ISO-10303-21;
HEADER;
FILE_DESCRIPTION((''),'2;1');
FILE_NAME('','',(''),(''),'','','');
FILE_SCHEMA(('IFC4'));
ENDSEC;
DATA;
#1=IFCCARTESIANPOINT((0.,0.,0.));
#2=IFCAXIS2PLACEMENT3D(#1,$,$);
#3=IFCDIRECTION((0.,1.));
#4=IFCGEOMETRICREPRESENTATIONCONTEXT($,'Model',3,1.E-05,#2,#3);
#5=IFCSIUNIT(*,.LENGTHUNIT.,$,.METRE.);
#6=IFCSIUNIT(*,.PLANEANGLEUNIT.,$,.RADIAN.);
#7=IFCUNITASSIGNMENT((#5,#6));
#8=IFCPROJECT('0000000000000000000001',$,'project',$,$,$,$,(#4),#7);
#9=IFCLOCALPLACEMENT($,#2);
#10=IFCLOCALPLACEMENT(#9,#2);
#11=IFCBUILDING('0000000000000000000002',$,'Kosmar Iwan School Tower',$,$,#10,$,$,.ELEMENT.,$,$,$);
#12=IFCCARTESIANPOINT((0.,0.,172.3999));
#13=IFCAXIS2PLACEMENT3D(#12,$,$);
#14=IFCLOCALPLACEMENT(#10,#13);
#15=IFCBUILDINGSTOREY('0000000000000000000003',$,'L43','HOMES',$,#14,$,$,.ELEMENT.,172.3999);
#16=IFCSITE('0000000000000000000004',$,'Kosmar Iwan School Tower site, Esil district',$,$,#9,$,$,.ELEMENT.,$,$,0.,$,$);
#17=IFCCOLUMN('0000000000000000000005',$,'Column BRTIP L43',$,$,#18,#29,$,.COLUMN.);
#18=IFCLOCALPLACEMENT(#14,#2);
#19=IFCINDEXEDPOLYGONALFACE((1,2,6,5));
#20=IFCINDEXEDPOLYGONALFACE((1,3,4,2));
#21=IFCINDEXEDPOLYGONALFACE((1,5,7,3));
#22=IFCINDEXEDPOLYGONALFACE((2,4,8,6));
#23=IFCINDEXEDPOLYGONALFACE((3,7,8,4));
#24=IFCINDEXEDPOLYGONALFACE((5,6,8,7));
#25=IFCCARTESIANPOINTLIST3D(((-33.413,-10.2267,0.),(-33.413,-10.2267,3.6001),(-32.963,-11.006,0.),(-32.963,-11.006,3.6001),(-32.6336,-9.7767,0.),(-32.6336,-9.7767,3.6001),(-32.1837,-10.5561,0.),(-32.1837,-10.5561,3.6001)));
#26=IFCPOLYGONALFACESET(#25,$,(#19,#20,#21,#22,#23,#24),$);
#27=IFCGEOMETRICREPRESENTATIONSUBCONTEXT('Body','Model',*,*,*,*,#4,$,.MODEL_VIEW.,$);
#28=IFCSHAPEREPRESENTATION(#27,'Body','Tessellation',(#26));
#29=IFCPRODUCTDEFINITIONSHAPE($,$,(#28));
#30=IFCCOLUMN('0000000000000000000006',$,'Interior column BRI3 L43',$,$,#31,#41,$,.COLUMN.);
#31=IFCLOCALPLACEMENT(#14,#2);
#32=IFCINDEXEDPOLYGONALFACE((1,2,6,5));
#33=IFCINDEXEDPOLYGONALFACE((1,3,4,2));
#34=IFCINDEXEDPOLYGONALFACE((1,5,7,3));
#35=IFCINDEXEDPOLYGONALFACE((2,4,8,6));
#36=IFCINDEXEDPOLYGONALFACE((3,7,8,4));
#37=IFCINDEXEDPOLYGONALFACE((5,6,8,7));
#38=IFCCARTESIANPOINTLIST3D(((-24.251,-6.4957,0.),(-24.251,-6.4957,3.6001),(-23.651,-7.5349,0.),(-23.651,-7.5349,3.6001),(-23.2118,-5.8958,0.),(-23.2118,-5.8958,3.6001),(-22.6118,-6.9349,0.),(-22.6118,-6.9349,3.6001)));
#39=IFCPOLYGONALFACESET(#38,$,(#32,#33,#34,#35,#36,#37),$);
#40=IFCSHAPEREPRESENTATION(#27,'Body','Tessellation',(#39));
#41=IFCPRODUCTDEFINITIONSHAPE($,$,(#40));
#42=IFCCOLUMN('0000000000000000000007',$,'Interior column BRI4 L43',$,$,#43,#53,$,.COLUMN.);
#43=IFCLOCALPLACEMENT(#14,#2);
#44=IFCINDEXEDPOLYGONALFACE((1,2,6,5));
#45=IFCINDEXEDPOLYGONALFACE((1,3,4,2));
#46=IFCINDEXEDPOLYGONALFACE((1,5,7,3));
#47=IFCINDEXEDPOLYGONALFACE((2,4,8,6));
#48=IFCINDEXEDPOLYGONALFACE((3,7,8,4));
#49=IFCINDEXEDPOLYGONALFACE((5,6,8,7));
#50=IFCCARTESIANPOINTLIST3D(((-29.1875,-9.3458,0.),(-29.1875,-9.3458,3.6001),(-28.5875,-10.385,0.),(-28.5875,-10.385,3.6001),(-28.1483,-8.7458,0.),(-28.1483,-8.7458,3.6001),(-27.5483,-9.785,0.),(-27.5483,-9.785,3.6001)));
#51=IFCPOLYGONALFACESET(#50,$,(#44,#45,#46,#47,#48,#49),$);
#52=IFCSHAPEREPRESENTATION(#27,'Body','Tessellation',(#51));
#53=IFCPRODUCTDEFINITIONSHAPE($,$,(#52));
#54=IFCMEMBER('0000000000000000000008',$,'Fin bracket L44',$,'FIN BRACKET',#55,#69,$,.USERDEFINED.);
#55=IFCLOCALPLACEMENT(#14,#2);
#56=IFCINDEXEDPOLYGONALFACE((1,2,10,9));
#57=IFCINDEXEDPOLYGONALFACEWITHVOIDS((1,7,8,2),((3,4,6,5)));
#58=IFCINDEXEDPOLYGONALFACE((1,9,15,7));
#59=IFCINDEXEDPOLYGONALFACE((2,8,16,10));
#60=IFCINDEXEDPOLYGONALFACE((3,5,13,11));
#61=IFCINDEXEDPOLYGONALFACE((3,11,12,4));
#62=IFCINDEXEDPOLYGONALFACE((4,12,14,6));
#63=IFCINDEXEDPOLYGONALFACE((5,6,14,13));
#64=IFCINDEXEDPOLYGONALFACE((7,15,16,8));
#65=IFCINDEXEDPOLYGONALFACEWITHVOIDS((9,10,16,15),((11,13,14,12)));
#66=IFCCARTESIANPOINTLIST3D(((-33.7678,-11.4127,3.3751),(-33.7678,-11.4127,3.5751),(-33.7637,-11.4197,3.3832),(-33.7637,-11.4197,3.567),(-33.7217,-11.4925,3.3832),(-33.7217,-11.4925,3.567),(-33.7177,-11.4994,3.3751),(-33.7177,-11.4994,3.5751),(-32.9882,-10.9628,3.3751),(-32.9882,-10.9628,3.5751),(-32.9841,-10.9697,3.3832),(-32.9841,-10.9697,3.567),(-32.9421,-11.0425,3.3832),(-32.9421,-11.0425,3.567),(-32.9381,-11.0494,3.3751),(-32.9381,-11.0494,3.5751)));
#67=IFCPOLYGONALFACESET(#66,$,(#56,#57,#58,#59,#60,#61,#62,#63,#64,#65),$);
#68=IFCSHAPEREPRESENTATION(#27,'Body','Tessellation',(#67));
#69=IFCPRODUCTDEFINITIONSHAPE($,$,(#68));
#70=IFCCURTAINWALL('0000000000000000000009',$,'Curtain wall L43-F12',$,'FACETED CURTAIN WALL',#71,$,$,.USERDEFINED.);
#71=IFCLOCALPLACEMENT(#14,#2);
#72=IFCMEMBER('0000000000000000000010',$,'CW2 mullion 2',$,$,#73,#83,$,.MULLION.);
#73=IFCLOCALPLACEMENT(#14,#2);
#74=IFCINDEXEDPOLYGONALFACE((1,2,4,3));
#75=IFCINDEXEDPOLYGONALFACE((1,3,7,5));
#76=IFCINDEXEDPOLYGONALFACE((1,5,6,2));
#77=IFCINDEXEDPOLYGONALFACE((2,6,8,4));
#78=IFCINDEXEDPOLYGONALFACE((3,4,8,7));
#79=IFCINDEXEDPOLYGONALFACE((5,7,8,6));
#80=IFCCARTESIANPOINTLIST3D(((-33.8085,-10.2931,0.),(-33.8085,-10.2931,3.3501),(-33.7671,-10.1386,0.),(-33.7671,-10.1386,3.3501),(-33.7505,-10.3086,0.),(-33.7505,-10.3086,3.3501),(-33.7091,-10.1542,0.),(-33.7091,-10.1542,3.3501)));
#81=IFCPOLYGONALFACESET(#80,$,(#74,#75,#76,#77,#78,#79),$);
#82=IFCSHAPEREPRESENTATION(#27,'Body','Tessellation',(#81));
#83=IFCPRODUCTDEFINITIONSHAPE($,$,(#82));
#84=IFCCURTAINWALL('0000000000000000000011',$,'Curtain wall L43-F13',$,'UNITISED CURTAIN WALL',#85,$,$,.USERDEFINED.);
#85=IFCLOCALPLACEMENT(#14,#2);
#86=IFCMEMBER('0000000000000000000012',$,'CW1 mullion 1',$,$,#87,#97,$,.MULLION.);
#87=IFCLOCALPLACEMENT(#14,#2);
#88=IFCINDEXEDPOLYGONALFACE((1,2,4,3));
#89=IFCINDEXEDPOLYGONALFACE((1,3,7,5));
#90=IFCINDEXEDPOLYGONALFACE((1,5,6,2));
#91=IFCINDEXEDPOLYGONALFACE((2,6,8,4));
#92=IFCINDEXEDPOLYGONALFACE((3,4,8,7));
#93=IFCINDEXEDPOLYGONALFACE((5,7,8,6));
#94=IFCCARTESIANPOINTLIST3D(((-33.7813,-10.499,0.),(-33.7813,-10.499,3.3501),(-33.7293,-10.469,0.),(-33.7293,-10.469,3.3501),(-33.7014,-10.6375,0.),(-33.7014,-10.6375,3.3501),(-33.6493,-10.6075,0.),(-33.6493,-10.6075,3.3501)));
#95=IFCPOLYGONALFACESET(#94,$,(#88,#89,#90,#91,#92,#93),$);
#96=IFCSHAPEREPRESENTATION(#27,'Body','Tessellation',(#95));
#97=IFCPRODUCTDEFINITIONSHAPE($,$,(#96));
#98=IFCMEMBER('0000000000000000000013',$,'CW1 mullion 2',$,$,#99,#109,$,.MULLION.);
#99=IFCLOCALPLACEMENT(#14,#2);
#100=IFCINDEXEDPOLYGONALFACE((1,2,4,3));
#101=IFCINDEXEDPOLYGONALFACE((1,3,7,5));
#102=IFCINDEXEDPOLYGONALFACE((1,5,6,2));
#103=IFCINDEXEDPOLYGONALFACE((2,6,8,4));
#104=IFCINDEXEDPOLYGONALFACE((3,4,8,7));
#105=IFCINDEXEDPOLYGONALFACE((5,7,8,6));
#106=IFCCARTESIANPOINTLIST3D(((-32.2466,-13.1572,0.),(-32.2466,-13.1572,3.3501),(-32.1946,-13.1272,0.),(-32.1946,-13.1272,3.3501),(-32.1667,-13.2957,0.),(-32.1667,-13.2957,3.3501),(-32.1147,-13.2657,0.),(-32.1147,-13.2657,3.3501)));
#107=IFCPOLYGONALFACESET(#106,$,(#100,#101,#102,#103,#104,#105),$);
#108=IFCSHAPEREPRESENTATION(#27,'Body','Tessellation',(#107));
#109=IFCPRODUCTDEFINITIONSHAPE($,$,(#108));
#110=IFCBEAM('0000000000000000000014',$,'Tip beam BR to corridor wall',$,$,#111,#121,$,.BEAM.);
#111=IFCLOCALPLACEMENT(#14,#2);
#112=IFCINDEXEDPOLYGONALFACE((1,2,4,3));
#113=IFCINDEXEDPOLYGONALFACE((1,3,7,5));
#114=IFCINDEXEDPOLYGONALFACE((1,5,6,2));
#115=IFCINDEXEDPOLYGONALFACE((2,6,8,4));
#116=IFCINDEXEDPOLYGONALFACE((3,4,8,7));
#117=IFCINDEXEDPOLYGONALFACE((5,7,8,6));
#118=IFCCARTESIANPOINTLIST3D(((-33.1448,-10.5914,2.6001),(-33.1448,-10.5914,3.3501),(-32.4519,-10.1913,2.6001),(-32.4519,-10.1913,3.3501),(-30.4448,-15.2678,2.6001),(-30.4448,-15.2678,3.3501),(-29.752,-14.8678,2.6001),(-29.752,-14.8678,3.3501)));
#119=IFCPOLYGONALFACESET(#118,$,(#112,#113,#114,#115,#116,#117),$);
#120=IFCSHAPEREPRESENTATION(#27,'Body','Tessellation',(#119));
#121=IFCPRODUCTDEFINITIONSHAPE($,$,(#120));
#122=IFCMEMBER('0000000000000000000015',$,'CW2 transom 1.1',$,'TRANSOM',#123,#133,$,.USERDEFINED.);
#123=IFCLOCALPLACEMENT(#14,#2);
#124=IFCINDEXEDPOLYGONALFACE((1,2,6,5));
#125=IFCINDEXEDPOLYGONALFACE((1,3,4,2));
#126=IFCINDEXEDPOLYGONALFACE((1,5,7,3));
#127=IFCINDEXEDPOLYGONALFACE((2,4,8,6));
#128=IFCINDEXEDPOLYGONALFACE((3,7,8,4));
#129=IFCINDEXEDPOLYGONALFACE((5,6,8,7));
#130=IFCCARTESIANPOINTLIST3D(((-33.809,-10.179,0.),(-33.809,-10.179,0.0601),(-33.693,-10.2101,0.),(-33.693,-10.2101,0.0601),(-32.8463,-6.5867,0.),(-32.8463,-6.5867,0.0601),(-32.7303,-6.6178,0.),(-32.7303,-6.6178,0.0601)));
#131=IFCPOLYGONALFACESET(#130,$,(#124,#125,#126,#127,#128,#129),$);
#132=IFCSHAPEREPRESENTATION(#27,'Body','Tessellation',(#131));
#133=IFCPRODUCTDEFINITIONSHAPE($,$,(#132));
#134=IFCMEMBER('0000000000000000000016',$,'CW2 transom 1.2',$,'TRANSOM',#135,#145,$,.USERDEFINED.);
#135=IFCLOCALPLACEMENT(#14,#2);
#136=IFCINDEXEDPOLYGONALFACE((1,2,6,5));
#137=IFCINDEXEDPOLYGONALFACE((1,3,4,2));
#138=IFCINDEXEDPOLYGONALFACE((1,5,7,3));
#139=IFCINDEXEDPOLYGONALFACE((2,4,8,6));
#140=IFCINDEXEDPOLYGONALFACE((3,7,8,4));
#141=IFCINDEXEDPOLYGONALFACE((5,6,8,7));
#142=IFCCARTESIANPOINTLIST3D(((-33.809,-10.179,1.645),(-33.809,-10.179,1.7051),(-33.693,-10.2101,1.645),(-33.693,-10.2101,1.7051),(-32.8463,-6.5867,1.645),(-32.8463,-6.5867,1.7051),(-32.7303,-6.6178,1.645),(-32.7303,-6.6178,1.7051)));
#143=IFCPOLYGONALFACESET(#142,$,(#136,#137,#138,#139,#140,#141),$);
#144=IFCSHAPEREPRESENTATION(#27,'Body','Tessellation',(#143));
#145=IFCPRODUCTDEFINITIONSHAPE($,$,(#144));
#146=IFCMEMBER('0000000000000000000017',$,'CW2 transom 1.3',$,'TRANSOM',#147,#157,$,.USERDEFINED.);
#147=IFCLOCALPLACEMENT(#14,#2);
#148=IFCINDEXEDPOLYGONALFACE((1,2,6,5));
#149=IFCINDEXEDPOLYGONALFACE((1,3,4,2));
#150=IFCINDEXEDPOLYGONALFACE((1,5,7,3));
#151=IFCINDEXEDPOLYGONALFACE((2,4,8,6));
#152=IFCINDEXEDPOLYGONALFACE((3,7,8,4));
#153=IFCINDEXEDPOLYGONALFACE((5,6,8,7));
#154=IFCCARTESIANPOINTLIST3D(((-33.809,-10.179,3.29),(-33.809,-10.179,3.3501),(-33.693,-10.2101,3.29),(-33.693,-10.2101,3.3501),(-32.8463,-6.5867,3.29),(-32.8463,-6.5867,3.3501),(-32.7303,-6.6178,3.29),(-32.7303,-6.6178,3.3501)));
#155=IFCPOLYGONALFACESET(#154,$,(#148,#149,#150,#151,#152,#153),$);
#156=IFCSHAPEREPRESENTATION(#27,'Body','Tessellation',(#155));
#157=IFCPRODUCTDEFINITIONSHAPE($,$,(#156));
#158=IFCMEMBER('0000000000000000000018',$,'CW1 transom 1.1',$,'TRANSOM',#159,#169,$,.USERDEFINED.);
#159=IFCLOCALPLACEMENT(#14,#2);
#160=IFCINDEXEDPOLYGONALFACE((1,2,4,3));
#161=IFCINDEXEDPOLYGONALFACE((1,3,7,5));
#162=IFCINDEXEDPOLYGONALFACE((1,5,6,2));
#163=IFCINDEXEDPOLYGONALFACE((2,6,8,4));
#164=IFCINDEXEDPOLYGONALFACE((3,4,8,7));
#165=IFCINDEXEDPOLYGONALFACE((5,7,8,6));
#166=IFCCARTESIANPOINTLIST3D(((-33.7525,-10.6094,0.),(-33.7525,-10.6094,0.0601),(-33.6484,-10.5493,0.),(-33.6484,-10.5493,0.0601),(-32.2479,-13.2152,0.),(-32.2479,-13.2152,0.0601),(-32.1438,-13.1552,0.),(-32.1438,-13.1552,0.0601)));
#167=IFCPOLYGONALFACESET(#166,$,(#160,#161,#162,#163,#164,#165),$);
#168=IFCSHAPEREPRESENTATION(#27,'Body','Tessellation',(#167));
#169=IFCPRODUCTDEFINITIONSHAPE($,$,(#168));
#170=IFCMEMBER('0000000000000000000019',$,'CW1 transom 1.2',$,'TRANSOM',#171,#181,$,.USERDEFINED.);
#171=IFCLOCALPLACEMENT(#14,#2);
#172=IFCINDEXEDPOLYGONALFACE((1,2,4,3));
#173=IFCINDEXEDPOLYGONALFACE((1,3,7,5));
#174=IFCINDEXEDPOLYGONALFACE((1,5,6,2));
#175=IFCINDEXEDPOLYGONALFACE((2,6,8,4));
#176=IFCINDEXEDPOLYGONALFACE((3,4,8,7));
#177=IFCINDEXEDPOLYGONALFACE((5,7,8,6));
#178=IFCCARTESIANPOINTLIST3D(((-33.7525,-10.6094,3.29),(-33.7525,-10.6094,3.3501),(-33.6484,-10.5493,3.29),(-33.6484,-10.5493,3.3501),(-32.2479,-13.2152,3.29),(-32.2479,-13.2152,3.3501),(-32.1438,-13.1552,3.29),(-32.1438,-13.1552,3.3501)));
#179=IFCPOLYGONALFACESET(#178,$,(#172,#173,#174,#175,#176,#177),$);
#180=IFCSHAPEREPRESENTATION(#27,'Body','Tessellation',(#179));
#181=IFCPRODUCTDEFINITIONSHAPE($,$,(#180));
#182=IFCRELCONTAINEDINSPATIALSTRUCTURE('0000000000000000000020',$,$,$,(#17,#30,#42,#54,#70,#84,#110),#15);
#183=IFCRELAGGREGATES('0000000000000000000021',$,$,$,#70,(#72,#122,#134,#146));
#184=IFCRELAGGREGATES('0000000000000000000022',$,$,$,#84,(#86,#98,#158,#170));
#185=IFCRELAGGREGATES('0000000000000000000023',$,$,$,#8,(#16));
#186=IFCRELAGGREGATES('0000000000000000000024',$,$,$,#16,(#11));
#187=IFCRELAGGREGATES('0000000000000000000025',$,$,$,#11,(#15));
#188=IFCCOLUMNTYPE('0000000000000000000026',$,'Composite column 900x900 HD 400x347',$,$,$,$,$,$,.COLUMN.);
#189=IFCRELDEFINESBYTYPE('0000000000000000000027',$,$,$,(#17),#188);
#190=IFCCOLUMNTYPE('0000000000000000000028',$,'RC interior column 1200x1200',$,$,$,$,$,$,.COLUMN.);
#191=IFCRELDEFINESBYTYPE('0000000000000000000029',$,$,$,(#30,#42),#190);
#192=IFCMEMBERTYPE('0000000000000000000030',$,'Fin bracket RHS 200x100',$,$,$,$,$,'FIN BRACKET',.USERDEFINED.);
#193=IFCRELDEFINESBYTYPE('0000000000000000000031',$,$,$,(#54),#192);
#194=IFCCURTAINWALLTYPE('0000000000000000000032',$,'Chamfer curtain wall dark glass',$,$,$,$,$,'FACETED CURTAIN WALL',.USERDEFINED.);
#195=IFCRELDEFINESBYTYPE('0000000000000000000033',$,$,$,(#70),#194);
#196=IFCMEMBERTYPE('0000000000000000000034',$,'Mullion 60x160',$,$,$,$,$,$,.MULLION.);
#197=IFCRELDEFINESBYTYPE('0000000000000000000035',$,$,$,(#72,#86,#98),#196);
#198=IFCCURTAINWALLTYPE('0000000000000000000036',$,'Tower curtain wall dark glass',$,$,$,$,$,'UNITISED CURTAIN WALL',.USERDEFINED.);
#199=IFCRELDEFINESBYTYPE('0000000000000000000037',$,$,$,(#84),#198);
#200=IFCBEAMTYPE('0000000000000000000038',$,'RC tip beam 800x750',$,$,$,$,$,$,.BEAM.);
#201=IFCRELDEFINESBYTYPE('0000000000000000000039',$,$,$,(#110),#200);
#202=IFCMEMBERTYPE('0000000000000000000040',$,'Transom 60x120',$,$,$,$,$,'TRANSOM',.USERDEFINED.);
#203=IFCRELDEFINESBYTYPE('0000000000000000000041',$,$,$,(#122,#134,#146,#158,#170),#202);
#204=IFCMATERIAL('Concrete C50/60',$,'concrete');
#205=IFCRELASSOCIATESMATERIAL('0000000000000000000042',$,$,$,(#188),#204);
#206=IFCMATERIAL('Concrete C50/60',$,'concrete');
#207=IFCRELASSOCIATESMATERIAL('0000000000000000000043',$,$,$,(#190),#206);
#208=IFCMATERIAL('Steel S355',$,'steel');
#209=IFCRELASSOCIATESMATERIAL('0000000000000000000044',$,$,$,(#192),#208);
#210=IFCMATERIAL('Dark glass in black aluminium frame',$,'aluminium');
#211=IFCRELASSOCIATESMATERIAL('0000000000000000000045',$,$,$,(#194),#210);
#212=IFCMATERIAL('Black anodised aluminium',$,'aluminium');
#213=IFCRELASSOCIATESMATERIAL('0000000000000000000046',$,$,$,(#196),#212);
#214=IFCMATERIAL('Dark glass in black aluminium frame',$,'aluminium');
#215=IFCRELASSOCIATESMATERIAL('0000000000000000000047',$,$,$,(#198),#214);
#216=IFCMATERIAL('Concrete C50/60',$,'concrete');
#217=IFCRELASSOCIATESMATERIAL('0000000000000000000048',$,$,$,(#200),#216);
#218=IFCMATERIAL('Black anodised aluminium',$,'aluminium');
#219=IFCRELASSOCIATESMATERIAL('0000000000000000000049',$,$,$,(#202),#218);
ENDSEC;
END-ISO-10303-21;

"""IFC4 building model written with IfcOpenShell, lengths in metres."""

from ifc_helpers import new_model, si_unit, direction, frame, origin, origin_2d, place, context, subcontext, project, spatial, rectangle, hollow_rectangle, extrude, material, material_profile, profile_set, type_object, element, aggregate, save


model = new_model("IFC4")

# Units and contexts
model_context = context("Model", 3, precision=1e-05, world=origin(), true_north=direction((0.0, 1.0)))
body_context = subcontext(model_context, "Body", "Model", "MODEL_VIEW")
ifc_project = project(units=[si_unit("LENGTHUNIT", "METRE"), si_unit("PLANEANGLEUNIT", "RADIAN")], contexts=[model_context])

# Site, building, storey
site_placement = place(None, origin())
site = spatial("IfcSite", under=ifc_project, at=site_placement, Name="Kosmar Iwan School Tower site, Esil district", CompositionType="ELEMENT", RefElevation=0.0)
building_placement = place(site_placement, origin())
building = spatial("IfcBuilding", under=site, at=building_placement, Name="Kosmar Iwan School Tower", CompositionType="ELEMENT")
storey_placement = place(building_placement, frame((0.0, 0.0, 172.3999)))
storey = spatial("IfcBuildingStorey", under=building, at=storey_placement, Name="L43", Description="HOMES", CompositionType="ELEMENT", Elevation=172.3999)

# Columns
ifc_material_1 = material(Name="Concrete C50/60", Category="concrete")
ifc_material_profile_1 = material_profile(ifc_material_1, rectangle(XDim=0.8999, YDim=0.8999, at=origin_2d()), Name="RC 900x900 + HD 400x347")
ifc_profile_set_1 = profile_set([ifc_material_profile_1], Name="Concrete C50/60")
column_type_1 = type_object("IfcColumnType", Name="Composite column 900x900 HD 400x347", PredefinedType="COLUMN", material=ifc_profile_set_1)
column_placement = place(storey_placement, frame((-32.7983, -10.3914, 0.0), z_axis=(0.0, 0.0, 1.0), x_axis=(-0.866025, -0.5, 0.0)))
element("IfcColumn", 1, at=column_placement, inside=storey, type_object=column_type_1, Name="Column BRTIP L43", PredefinedType="COLUMN", context=body_context, shape_type="SweptSolid", body=[
    extrude(rectangle(XDim=0.8999, YDim=0.8999, at=origin_2d()), origin(), (0.0, 0.0, 1.0), 3.6001),
])
ifc_material_2 = material(Name="Concrete C50/60", Category="concrete")
ifc_material_profile_2 = material_profile(ifc_material_2, rectangle(XDim=1.2, YDim=1.2, at=origin_2d()), Name="RC 1200x1200")
ifc_profile_set_2 = profile_set([ifc_material_profile_2], Name="Concrete C50/60")
column_type_2 = type_object("IfcColumnType", Name="RC interior column 1200x1200", PredefinedType="COLUMN", material=ifc_profile_set_2)
for number, where, z_axis, x_axis, name in (
    (2, (-23.4314, -6.7153, 0.0), (0.0, 0.0, 1.0), (-0.866025, -0.5, 0.0), "Interior column BRI3 L43"),
    (3, (-28.3679, -9.5654, 0.0), (0.0, 0.0, 1.0), (-0.866025, -0.5, 0.0), "Interior column BRI4 L43"),
):
    element("IfcColumn", number, at=place(storey_placement, frame(where, z_axis=z_axis, x_axis=x_axis)), inside=storey, type_object=column_type_2, Name=name, PredefinedType="COLUMN", context=body_context, shape_type="SweptSolid", body=[
        extrude(rectangle(XDim=1.2, YDim=1.2, at=origin_2d()), origin(), (0.0, 0.0, 1.0), 3.6001),
    ])

# Member
ifc_material_3 = material(Name="Steel S355", Category="steel")
ifc_material_profile_3 = material_profile(ifc_material_3, hollow_rectangle(XDim=0.1001, YDim=0.2, WallThickness=0.0081, at=origin_2d()), Name="RHS 200x100x8")
ifc_profile_set_3 = profile_set([ifc_material_profile_3], Name="Steel S355")
member_type_1 = type_object("IfcMemberType", Name="Fin bracket RHS 200x100", ElementType="FIN BRACKET", PredefinedType="USERDEFINED", material=ifc_profile_set_3)
member_1_placement = place(storey_placement, frame((-32.9631, -11.0061, 3.4751), z_axis=(-0.866082, -0.499902, 0.0), x_axis=(0.499902, -0.866082, 0.0)))
element("IfcMember", 4, at=member_1_placement, inside=storey, type_object=member_type_1, Name="Fin bracket L44", ObjectType="FIN BRACKET", PredefinedType="USERDEFINED", context=body_context, shape_type="SweptSolid", body=[
    extrude(hollow_rectangle(XDim=0.1001, YDim=0.2, WallThickness=0.0081, at=origin_2d()), origin(), (0.0, 0.0, 1.0), 0.9001),
])

# Curtain wall, member
ifc_material_4 = material(Name="Dark glass in black aluminium frame", Category="aluminium")
curtain_wall_type_1 = type_object("IfcCurtainWallType", Name="Chamfer curtain wall dark glass", ElementType="FACETED CURTAIN WALL", PredefinedType="USERDEFINED", material=ifc_material_4)
curtain_wall_1_placement = place(storey_placement, origin())
curtain_wall_1 = element("IfcCurtainWall", 5, at=curtain_wall_1_placement, inside=storey, type_object=curtain_wall_type_1, Name="Curtain wall L43-F12", ObjectType="FACETED CURTAIN WALL", PredefinedType="USERDEFINED")
ifc_material_5 = material(Name="Black anodised aluminium", Category="aluminium")
ifc_material_profile_4 = material_profile(ifc_material_5, rectangle(XDim=0.0601, YDim=0.1599, at=origin_2d()), Name="MULLION 60x160")
ifc_profile_set_4 = profile_set([ifc_material_profile_4], Name="Black anodised aluminium")
member_type_2 = type_object("IfcMemberType", Name="Mullion 60x160", PredefinedType="MULLION", material=ifc_profile_set_4)
member_2_placement = place(storey_placement, frame((-33.7588, -10.2236, 0.0), z_axis=(0.0, 0.0, 1.0), x_axis=(0.965926, -0.258819, 0.0)))
member_2 = element("IfcMember", 6, at=member_2_placement, type_object=member_type_2, Name="CW2 mullion 2", PredefinedType="MULLION", context=body_context, shape_type="SweptSolid", body=[
    extrude(rectangle(XDim=0.0601, YDim=0.1599, at=origin_2d()), origin(), (0.0, 0.0, 1.0), 3.3501),
])

# Curtain wall, members
ifc_material_6 = material(Name="Dark glass in black aluminium frame", Category="aluminium")
curtain_wall_type_2 = type_object("IfcCurtainWallType", Name="Tower curtain wall dark glass", ElementType="UNITISED CURTAIN WALL", PredefinedType="USERDEFINED", material=ifc_material_6)
curtain_wall_2_placement = place(storey_placement, origin())
curtain_wall_2 = element("IfcCurtainWall", 7, at=curtain_wall_2_placement, inside=storey, type_object=curtain_wall_type_2, Name="Curtain wall L43-F13", ObjectType="UNITISED CURTAIN WALL", PredefinedType="USERDEFINED")
member_3_placement = place(storey_placement, frame((-33.7153, -10.5532, 0.0), z_axis=(0.0, 0.0, 1.0), x_axis=(0.866025, 0.5, 0.0)))
member_3 = element("IfcMember", 8, at=member_3_placement, type_object=member_type_2, Name="CW1 mullion 1", PredefinedType="MULLION", context=body_context, shape_type="SweptSolid", body=[
    extrude(rectangle(XDim=0.0601, YDim=0.1599, at=origin_2d()), origin(), (0.0, 0.0, 1.0), 3.3501),
])
member_4_placement = place(storey_placement, frame((-32.1807, -13.2114, 0.0), z_axis=(0.0, 0.0, 1.0), x_axis=(0.866025, 0.5, 0.0)))
member_4 = element("IfcMember", 9, at=member_4_placement, type_object=member_type_2, Name="CW1 mullion 2", PredefinedType="MULLION", context=body_context, shape_type="SweptSolid", body=[
    extrude(rectangle(XDim=0.0601, YDim=0.1599, at=origin_2d()), origin(), (0.0, 0.0, 1.0), 3.3501),
])

# Beam
ifc_material_7 = material(Name="Concrete C50/60", Category="concrete")
ifc_material_profile_5 = material_profile(ifc_material_7, rectangle(XDim=0.8, YDim=0.75, at=origin_2d()), Name="RC 800x750")
ifc_profile_set_5 = profile_set([ifc_material_profile_5], Name="Concrete C50/60")
beam_type = type_object("IfcBeamType", Name="RC tip beam 800x750", PredefinedType="BEAM", material=ifc_profile_set_5)
beam_placement = place(storey_placement, frame((-32.7983, -10.3914, 2.9751), z_axis=(0.499995, -0.866028, 0.0), x_axis=(0.866028, 0.499995, 0.0)))
element("IfcBeam", 10, at=beam_placement, inside=storey, type_object=beam_type, Name="Tip beam BR to corridor wall", PredefinedType="BEAM", context=body_context, shape_type="SweptSolid", body=[
    extrude(rectangle(XDim=0.8, YDim=0.75, at=origin_2d()), origin(), (0.0, 0.0, 1.0), 5.3999),
])

# Members
ifc_material_8 = material(Name="Black anodised aluminium", Category="aluminium")
ifc_material_profile_6 = material_profile(ifc_material_8, rectangle(XDim=0.1201, YDim=0.0601, at=origin_2d()), Name="TRANSOM 60x120")
ifc_profile_set_6 = profile_set([ifc_material_profile_6], Name="Black anodised aluminium")
member_type_3 = type_object("IfcMemberType", Name="Transom 60x120", ElementType="TRANSOM", PredefinedType="USERDEFINED", material=ifc_profile_set_6)
member_5_placement = place(storey_placement, frame((-32.7883, -6.6023, 0.03), z_axis=(-0.258843, -0.965919, 0.0), x_axis=(0.965919, -0.258843, 0.0)))
member_5 = element("IfcMember", 11, at=member_5_placement, type_object=member_type_3, Name="CW2 transom 1.1", ObjectType="TRANSOM", PredefinedType="USERDEFINED", context=body_context, shape_type="SweptSolid", body=[
    extrude(rectangle(XDim=0.1201, YDim=0.0601, at=origin_2d()), origin(), (0.0, 0.0, 1.0), 3.719),
])
member_6_placement = place(storey_placement, frame((-32.7883, -6.6023, 1.675), z_axis=(-0.258843, -0.965919, 0.0), x_axis=(0.965919, -0.258843, 0.0)))
member_6 = element("IfcMember", 12, at=member_6_placement, type_object=member_type_3, Name="CW2 transom 1.2", ObjectType="TRANSOM", PredefinedType="USERDEFINED", context=body_context, shape_type="SweptSolid", body=[
    extrude(rectangle(XDim=0.1201, YDim=0.0601, at=origin_2d()), origin(), (0.0, 0.0, 1.0), 3.719),
])
member_7_placement = place(storey_placement, frame((-32.7883, -6.6023, 3.3201), z_axis=(-0.258843, -0.965919, 0.0), x_axis=(0.965919, -0.258843, 0.0)))
member_7 = element("IfcMember", 13, at=member_7_placement, type_object=member_type_3, Name="CW2 transom 1.3", ObjectType="TRANSOM", PredefinedType="USERDEFINED", context=body_context, shape_type="SweptSolid", body=[
    extrude(rectangle(XDim=0.1201, YDim=0.0601, at=origin_2d()), origin(), (0.0, 0.0, 1.0), 3.719),
])
member_8_placement = place(storey_placement, frame((-33.7004, -10.5793, 0.03), z_axis=(0.500022, -0.866013, 0.0), x_axis=(0.866013, 0.500022, 0.0)))
member_8 = element("IfcMember", 14, at=member_8_placement, type_object=member_type_3, Name="CW1 transom 1.1", ObjectType="TRANSOM", PredefinedType="USERDEFINED", context=body_context, shape_type="SweptSolid", body=[
    extrude(rectangle(XDim=0.1201, YDim=0.0601, at=origin_2d()), origin(), (0.0, 0.0, 1.0), 3.009),
])
member_9_placement = place(storey_placement, frame((-33.7004, -10.5793, 3.3201), z_axis=(0.500022, -0.866013, 0.0), x_axis=(0.866013, 0.500022, 0.0)))
member_9 = element("IfcMember", 15, at=member_9_placement, type_object=member_type_3, Name="CW1 transom 1.2", ObjectType="TRANSOM", PredefinedType="USERDEFINED", context=body_context, shape_type="SweptSolid", body=[
    extrude(rectangle(XDim=0.1201, YDim=0.0601, at=origin_2d()), origin(), (0.0, 0.0, 1.0), 3.009),
])

aggregate(curtain_wall_1, [member_2, member_5, member_6, member_7])
aggregate(curtain_wall_2, [member_3, member_4, member_8, member_9])

save(model, "model.ifc")
